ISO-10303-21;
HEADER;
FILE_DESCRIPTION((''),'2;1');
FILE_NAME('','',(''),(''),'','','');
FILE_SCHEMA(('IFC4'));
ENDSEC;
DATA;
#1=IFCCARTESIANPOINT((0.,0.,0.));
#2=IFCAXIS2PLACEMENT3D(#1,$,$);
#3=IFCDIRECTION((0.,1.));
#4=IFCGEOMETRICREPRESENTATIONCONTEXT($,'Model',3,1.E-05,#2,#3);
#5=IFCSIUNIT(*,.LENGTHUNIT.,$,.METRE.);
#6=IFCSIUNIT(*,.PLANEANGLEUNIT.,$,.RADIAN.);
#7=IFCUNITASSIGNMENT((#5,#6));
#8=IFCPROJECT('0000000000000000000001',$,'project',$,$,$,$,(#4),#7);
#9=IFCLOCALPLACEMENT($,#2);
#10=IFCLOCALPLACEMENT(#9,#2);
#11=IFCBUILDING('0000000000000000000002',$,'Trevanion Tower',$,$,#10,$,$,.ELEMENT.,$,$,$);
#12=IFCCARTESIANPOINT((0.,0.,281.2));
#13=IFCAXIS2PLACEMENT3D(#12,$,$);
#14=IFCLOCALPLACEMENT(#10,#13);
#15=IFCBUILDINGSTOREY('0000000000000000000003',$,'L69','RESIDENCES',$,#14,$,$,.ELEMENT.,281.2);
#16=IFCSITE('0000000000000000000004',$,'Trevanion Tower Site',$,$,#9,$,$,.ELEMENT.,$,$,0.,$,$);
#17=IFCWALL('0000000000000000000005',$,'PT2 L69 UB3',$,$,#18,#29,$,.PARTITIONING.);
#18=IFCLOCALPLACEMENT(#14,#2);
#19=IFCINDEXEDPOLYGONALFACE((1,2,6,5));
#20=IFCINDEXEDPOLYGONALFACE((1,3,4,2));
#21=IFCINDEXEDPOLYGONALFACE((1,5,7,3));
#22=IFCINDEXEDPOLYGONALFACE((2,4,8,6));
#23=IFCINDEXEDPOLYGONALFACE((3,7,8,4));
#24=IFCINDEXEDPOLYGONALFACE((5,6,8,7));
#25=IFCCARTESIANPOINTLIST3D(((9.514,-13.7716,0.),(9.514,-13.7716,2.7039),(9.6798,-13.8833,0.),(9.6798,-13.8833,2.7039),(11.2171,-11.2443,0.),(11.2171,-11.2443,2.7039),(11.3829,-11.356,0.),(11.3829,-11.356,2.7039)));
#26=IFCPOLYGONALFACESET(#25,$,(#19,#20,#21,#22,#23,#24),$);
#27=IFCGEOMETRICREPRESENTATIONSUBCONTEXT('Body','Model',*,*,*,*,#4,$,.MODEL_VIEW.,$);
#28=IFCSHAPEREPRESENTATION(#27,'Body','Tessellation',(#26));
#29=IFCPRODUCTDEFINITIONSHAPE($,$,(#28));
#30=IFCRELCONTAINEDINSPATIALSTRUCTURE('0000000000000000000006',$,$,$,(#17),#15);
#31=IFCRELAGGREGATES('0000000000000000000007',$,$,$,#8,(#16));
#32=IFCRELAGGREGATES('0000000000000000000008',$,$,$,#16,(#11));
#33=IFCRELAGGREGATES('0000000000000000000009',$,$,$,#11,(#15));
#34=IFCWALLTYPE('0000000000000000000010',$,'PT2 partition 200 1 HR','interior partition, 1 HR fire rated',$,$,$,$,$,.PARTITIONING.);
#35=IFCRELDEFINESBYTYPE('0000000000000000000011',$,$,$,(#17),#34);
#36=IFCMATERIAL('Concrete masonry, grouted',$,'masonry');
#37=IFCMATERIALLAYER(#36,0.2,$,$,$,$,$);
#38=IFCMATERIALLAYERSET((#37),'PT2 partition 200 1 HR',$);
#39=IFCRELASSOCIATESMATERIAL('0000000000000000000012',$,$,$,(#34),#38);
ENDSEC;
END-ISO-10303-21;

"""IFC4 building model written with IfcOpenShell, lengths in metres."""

from ifc_helpers import new_model, si_unit, direction, frame, frame_2d, origin, place, context, subcontext, project, spatial, rectangle, extrude, material, layer, layer_set, type_object, element, save


model = new_model("IFC4")

# Units and contexts
model_context = context("Model", 3, precision=1e-05, world=origin(), true_north=direction((0.0, 1.0)))
body_context = subcontext(model_context, "Body", "Model", "MODEL_VIEW")
ifc_project = project(units=[si_unit("LENGTHUNIT", "METRE"), si_unit("PLANEANGLEUNIT", "RADIAN")], contexts=[model_context])

# Site, building, storey
site_placement = place(None, origin())
site = spatial("IfcSite", under=ifc_project, at=site_placement, Name="Trevanion Tower Site", CompositionType="ELEMENT", RefElevation=0.0)
building_placement = place(site_placement, origin())
building = spatial("IfcBuilding", under=site, at=building_placement, Name="Trevanion Tower", CompositionType="ELEMENT")
storey_placement = place(building_placement, frame((0.0, 0.0, 281.2)))
storey = spatial("IfcBuildingStorey", under=building, at=storey_placement, Name="L69", Description="RESIDENCES", CompositionType="ELEMENT", Elevation=281.2)

# Wall
ifc_material_1 = material(Name="Concrete masonry, grouted", Category="masonry")
ifc_layer_1 = layer(ifc_material_1, 0.2)
ifc_layer_set_1 = layer_set([ifc_layer_1], Name="PT2 partition 200 1 HR")
wall_type_1 = type_object("IfcWallType", Name="PT2 partition 200 1 HR", Description="interior partition, 1 HR fire rated", PredefinedType="PARTITIONING", material=ifc_layer_set_1)
wall_1_placement = place(storey_placement, frame((11.3, -11.3, 0.0), z_axis=(0.0, 0.0, 1.0), x_axis=(-0.558834, -0.829279, 0.0)))
element("IfcWall", 1, at=wall_1_placement, inside=storey, type_object=wall_type_1, Name="PT2 L69 UB3", PredefinedType="PARTITIONING", context=body_context, shape_type="SweptSolid", body=[
    extrude(rectangle(XDim=3.0476, YDim=0.2, at=frame_2d((1.5239, 0.0))), origin(), (0.0, 0.0, 1.0), 2.7039),
])

save(model, "model.ifc")
